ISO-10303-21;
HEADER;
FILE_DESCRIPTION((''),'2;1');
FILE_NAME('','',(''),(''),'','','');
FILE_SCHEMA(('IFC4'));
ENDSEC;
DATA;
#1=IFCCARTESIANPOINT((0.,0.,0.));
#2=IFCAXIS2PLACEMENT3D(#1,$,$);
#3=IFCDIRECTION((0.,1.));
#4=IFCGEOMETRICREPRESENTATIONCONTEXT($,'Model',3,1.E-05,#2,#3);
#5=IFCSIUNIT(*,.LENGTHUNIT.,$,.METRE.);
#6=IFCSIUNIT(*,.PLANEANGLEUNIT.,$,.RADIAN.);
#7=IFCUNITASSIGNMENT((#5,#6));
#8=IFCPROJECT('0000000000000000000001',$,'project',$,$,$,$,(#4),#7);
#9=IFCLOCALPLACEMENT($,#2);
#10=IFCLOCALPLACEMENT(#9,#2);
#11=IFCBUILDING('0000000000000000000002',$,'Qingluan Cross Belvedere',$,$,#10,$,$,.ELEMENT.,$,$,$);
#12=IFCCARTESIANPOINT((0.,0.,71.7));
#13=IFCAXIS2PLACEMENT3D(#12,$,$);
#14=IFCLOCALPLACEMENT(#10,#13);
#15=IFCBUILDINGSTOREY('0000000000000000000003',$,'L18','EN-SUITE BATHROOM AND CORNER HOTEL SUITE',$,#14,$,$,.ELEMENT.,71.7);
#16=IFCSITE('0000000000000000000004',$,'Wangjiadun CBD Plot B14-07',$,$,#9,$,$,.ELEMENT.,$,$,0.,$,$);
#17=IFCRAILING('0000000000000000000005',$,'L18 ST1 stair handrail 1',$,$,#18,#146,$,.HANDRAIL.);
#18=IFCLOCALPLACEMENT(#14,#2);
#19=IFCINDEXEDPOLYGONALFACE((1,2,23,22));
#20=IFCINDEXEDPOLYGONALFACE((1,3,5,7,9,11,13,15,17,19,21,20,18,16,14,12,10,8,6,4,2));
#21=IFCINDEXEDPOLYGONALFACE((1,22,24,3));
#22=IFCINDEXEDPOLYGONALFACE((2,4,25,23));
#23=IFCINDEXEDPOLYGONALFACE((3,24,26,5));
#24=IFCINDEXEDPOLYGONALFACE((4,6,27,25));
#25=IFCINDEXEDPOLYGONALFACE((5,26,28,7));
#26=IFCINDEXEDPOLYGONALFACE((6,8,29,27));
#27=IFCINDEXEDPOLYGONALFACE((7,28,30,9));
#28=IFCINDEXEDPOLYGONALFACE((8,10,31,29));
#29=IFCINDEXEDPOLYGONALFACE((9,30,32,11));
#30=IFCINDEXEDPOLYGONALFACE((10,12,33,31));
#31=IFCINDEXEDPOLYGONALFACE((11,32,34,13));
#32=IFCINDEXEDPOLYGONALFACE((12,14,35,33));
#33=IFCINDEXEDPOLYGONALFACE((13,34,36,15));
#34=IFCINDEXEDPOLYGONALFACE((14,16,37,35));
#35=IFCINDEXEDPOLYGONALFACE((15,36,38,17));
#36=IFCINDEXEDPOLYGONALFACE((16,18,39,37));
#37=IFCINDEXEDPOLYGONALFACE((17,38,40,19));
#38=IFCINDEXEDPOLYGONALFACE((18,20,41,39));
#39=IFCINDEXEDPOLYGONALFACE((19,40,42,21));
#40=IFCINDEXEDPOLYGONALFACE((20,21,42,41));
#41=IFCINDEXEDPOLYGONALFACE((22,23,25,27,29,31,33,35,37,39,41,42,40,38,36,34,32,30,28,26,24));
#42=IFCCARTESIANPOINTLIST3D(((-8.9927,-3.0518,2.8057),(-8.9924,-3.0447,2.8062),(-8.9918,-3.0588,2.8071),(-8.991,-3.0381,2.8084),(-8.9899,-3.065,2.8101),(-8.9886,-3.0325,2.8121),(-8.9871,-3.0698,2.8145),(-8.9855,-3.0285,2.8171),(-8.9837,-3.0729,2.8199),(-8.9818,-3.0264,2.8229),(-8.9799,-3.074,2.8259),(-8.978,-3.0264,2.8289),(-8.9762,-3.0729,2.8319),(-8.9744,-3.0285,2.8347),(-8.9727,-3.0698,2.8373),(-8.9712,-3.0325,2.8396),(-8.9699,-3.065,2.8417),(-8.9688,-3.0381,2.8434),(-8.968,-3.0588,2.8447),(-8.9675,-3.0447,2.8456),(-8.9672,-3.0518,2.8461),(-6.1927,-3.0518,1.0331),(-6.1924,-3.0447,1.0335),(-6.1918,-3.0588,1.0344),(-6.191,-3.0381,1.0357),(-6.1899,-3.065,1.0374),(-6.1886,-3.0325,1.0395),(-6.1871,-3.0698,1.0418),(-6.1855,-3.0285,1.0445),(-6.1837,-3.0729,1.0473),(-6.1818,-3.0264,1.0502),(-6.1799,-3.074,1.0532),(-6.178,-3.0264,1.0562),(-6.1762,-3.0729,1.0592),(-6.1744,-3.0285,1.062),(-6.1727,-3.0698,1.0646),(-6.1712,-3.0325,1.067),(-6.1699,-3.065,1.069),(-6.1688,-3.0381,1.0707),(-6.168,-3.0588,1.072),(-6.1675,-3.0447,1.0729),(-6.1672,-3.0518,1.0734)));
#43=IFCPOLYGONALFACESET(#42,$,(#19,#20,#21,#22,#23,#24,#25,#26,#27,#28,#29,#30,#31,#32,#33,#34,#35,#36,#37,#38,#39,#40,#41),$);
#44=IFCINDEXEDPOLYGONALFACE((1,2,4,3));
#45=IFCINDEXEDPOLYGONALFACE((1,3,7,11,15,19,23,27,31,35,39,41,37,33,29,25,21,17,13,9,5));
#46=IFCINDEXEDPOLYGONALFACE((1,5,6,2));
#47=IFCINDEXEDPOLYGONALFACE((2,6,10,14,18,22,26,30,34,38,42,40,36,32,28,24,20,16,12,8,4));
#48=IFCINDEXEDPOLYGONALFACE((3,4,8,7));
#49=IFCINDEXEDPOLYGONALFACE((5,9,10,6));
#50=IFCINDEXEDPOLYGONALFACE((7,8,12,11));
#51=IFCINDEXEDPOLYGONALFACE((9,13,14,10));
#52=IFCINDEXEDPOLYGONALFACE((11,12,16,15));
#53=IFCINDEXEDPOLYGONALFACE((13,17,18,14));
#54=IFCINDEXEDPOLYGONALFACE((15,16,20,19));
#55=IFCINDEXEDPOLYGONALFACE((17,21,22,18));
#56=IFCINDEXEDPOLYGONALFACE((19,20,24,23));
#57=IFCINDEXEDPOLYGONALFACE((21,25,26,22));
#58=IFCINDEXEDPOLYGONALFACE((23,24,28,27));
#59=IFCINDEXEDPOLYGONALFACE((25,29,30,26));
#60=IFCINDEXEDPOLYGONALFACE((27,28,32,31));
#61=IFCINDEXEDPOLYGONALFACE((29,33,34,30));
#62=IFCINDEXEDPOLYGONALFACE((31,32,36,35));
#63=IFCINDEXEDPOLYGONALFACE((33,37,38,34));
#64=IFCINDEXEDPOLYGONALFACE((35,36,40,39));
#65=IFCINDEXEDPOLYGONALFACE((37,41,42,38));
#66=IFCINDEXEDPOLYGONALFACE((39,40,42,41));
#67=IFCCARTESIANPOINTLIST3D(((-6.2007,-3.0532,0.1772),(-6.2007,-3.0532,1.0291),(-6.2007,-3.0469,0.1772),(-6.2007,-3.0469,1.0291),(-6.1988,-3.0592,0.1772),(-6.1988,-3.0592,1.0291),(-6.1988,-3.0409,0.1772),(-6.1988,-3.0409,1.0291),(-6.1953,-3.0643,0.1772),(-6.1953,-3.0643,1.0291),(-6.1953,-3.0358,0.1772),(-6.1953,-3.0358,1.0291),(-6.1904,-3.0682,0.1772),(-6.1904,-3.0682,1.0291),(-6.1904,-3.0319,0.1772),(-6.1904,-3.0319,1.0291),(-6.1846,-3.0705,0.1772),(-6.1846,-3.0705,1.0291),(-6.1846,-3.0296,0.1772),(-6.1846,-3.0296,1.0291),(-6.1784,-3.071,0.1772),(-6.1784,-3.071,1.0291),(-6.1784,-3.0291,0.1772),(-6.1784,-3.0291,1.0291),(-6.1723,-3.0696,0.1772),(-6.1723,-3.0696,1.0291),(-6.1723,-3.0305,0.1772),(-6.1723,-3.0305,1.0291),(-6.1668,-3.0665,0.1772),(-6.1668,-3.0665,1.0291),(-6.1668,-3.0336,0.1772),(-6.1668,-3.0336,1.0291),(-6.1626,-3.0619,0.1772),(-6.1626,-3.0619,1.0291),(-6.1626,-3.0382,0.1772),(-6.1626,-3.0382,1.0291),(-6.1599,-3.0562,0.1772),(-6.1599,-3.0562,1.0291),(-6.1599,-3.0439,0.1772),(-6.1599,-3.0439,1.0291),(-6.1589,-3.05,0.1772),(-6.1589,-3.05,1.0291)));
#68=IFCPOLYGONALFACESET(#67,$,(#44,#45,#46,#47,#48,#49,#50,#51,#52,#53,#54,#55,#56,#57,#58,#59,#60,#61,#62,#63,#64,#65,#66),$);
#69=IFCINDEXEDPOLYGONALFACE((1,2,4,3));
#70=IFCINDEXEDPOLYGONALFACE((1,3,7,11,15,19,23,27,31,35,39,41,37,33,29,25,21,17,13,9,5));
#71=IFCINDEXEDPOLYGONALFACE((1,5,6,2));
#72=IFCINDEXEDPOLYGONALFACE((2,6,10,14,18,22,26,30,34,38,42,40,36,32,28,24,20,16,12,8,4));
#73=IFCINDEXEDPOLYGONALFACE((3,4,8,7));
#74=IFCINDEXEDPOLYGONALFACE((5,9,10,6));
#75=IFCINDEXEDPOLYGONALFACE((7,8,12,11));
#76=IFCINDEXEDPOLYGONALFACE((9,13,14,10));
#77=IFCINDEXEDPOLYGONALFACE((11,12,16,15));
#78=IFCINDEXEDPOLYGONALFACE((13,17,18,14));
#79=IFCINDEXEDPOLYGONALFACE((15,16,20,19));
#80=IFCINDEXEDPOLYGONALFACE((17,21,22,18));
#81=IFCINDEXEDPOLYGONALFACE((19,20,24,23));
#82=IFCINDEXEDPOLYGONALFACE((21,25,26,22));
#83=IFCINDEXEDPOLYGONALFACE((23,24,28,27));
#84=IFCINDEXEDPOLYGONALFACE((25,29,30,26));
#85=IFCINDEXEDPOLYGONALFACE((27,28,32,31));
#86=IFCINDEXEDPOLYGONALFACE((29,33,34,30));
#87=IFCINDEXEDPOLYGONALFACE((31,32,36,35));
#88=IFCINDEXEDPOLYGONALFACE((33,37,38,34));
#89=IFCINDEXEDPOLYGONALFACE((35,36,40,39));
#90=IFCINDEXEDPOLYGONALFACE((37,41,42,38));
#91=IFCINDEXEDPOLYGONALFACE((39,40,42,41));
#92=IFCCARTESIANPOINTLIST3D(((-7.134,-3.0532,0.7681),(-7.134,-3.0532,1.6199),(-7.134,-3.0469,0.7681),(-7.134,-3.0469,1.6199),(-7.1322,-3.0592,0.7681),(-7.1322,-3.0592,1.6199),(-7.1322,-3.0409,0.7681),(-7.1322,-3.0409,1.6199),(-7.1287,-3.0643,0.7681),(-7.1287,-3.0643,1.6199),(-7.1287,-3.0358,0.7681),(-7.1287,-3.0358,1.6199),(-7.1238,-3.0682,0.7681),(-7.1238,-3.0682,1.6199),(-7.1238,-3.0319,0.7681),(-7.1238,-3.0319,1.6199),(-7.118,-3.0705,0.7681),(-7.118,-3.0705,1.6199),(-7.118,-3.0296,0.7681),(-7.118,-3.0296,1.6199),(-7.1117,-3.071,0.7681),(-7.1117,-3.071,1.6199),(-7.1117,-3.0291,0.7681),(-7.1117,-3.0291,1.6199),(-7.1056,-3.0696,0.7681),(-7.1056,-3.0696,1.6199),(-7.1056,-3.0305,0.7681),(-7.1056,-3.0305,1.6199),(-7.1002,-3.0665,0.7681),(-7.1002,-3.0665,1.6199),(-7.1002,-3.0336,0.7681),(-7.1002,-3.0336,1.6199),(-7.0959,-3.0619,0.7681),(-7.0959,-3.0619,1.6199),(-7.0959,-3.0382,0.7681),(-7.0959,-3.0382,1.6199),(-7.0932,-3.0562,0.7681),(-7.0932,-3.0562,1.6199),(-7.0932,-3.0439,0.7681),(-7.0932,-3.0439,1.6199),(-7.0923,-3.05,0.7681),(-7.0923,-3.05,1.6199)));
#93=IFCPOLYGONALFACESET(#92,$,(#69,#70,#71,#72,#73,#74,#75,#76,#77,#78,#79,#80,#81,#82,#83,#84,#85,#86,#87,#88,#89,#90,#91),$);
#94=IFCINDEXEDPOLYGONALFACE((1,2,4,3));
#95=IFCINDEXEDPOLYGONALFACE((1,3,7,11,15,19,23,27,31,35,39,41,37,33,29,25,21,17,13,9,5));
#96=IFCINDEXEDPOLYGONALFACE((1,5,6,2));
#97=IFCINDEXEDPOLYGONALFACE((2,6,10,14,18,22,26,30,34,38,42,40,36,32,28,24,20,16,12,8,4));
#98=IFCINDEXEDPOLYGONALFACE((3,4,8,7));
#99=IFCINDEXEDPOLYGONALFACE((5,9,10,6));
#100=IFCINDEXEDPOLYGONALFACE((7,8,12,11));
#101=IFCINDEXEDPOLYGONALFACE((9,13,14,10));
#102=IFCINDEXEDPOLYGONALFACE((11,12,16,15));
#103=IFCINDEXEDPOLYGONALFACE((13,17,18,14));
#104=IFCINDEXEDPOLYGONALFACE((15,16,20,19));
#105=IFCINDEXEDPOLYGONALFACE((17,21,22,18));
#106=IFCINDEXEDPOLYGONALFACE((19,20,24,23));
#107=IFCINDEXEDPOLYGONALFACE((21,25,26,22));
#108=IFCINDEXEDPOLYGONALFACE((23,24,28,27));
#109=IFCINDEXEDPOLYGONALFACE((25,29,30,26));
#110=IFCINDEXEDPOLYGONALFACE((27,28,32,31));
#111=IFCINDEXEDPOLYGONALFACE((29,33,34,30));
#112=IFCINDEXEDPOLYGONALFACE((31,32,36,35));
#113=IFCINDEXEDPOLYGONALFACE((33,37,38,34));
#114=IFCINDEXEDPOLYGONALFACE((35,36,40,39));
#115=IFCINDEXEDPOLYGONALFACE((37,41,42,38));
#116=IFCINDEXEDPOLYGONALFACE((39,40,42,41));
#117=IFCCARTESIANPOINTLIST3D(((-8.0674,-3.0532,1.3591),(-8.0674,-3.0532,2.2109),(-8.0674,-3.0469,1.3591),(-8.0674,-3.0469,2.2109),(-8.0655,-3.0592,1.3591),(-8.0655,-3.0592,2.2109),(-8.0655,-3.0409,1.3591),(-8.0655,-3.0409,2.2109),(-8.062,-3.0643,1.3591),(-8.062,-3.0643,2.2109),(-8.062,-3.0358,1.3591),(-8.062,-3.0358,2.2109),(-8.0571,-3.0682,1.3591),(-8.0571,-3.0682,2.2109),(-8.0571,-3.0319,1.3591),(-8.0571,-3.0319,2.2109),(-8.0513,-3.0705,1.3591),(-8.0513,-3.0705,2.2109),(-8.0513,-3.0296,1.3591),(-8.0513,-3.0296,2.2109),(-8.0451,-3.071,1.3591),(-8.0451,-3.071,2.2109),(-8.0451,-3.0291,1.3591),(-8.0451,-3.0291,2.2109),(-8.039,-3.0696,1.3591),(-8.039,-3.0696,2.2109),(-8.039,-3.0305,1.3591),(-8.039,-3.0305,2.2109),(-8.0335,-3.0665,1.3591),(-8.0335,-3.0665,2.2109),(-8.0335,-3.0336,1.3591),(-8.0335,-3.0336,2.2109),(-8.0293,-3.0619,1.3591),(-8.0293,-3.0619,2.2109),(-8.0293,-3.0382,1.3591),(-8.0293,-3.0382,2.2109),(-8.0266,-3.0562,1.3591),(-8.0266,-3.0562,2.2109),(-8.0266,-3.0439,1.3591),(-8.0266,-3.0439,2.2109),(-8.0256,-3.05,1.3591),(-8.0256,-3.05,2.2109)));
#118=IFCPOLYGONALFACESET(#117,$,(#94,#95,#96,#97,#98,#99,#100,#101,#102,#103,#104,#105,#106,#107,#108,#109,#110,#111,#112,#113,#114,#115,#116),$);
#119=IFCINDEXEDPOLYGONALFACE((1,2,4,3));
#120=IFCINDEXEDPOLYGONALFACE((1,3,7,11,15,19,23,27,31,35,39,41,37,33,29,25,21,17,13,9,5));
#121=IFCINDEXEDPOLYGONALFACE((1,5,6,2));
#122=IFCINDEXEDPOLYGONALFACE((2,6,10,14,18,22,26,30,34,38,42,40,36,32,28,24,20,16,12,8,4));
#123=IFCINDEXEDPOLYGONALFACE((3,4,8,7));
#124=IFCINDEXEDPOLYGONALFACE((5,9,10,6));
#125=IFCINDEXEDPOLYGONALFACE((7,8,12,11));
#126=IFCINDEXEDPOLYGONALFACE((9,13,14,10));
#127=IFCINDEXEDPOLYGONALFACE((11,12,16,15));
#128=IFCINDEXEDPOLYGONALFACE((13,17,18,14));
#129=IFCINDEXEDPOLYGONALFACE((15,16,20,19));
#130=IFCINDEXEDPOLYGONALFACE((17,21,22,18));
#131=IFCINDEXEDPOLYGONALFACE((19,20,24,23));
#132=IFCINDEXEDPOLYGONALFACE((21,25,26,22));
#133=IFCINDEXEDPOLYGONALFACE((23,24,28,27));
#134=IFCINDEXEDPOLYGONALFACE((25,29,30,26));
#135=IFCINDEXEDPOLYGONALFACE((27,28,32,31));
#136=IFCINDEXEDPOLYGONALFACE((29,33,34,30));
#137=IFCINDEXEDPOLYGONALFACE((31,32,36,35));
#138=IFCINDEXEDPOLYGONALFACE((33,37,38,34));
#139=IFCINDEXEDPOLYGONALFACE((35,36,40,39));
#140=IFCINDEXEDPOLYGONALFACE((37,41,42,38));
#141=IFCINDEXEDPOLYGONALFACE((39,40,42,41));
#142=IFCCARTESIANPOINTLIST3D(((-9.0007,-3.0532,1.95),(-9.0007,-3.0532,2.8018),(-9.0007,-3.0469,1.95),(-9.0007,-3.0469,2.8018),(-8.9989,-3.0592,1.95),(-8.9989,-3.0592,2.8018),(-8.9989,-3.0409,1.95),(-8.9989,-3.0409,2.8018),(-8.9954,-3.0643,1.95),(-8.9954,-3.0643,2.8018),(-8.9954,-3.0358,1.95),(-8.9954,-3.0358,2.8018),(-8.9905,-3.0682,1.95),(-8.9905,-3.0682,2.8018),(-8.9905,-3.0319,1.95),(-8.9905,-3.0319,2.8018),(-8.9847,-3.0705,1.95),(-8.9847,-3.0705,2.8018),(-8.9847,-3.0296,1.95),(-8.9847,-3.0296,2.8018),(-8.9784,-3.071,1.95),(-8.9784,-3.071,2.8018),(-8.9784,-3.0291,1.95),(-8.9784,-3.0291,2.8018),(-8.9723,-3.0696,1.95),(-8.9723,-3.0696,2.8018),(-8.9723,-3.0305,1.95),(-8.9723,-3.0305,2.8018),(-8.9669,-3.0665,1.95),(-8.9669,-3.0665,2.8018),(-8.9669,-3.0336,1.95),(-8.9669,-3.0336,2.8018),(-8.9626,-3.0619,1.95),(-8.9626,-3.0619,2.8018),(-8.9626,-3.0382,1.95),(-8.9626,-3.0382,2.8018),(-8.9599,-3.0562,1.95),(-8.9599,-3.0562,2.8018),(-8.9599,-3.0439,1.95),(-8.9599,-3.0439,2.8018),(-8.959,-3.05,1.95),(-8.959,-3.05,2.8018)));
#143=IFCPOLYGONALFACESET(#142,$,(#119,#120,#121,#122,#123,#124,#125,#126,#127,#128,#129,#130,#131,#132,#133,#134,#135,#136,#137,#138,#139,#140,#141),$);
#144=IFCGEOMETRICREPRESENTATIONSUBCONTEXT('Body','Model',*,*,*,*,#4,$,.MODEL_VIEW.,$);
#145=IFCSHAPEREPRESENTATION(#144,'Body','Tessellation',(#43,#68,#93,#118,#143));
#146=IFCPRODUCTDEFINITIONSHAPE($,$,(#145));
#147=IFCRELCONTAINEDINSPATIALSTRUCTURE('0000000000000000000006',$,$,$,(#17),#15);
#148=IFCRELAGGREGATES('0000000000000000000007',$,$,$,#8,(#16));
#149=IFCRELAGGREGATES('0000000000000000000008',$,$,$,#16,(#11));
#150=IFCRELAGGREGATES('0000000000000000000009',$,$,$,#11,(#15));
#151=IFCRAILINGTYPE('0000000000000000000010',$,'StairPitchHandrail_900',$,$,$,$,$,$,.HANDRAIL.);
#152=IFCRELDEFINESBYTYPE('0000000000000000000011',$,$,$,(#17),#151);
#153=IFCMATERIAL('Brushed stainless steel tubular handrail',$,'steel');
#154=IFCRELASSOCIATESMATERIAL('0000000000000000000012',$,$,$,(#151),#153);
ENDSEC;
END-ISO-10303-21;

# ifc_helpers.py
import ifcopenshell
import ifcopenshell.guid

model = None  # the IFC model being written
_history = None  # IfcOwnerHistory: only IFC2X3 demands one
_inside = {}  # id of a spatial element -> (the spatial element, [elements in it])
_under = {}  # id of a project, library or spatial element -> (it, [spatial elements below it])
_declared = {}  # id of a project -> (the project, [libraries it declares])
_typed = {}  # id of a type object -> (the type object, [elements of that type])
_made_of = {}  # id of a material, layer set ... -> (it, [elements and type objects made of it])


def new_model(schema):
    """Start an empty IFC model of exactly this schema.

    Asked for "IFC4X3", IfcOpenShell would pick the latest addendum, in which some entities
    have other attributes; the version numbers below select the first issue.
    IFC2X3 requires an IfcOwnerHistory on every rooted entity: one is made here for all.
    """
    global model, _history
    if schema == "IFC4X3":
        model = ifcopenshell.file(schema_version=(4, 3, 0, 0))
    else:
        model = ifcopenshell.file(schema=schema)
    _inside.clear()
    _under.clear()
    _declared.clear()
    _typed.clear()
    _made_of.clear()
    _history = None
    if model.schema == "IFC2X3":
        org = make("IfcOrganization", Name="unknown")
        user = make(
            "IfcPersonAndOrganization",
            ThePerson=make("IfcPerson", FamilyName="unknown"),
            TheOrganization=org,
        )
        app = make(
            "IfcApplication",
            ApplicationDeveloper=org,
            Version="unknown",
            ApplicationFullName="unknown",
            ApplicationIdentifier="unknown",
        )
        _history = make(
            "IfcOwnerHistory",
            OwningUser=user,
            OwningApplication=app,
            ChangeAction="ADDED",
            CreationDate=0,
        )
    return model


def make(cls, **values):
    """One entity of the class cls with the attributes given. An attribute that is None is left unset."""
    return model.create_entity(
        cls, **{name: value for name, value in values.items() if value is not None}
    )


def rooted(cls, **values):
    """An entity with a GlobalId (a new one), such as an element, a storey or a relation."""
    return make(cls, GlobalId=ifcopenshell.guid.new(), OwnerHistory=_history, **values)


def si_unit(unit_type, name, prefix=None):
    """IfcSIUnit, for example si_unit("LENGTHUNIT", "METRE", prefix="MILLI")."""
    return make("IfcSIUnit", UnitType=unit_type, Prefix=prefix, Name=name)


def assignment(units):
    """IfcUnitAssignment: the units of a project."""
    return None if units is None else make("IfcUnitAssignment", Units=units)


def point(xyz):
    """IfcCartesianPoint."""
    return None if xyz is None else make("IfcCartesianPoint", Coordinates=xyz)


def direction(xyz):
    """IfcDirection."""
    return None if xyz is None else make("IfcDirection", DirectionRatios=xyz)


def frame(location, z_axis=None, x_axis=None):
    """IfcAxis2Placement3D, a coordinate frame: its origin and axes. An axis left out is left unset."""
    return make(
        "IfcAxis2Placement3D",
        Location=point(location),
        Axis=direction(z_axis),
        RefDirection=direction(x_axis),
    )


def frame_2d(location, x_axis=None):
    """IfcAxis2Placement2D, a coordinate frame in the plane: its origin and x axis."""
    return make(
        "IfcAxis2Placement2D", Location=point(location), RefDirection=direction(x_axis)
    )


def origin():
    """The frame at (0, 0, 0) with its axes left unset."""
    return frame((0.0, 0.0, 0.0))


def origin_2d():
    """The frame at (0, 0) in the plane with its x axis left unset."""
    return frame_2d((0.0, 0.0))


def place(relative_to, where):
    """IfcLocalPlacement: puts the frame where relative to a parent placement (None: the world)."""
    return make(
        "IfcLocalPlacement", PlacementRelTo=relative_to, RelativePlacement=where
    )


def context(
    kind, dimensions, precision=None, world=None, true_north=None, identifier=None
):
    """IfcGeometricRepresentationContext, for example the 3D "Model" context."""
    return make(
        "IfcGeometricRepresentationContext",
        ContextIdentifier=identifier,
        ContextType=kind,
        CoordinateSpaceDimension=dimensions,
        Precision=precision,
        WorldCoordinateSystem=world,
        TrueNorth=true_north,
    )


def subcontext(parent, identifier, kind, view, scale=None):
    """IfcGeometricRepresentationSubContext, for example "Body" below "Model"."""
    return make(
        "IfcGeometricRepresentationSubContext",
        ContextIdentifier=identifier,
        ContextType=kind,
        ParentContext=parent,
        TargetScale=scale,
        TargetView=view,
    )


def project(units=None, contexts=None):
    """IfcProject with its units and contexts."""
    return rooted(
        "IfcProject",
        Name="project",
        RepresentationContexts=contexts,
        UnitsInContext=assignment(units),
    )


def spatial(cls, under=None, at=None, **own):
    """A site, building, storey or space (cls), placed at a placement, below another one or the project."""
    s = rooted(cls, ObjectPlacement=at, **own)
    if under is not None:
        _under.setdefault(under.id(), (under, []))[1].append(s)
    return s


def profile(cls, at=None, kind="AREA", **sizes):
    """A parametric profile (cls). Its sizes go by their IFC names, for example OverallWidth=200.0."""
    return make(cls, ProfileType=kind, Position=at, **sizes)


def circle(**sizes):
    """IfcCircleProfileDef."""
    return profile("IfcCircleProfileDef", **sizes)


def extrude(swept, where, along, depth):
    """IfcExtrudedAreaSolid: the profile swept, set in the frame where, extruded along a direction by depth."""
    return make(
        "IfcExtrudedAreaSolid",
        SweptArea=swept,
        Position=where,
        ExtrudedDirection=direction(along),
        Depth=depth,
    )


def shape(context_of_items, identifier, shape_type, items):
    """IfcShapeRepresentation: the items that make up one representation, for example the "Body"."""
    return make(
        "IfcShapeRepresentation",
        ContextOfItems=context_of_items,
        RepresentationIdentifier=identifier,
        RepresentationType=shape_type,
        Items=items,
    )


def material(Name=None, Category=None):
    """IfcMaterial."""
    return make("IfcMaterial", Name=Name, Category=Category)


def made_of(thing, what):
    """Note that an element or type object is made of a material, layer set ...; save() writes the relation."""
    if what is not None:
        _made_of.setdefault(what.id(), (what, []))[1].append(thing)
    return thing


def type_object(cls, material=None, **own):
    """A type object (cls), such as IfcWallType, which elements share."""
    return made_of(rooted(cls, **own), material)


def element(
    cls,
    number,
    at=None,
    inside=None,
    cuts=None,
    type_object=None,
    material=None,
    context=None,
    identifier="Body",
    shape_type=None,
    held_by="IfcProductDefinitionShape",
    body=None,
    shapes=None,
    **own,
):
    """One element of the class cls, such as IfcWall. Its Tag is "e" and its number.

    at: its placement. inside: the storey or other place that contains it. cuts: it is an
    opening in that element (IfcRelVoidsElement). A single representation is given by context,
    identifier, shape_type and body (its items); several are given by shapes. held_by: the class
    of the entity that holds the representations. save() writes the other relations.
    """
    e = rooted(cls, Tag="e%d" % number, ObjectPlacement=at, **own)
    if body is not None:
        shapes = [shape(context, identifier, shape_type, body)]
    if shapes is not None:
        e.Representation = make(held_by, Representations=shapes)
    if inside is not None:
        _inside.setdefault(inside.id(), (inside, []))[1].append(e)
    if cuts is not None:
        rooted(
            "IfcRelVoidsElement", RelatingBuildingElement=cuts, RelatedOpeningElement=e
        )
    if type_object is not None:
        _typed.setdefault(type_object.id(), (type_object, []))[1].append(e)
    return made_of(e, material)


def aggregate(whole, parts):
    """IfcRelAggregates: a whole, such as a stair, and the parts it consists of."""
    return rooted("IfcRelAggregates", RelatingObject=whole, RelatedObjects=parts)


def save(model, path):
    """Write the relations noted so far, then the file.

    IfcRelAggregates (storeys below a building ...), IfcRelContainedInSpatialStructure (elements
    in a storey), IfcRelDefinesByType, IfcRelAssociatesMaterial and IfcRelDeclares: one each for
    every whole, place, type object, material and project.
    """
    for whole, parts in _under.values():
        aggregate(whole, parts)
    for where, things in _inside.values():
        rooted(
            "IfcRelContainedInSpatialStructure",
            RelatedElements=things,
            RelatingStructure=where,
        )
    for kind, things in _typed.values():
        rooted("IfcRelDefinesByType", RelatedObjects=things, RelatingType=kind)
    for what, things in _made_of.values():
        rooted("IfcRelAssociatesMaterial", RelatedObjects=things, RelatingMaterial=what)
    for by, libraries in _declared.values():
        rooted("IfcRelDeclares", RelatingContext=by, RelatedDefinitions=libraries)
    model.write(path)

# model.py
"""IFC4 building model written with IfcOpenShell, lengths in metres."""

from ifc_helpers import new_model, si_unit, direction, frame, origin, origin_2d, place, context, subcontext, project, spatial, circle, extrude, material, type_object, element, save


model = new_model("IFC4")

# Units and contexts
model_context = context("Model", 3, precision=1e-05, world=origin(), true_north=direction((0.0, 1.0)))
body_context = subcontext(model_context, "Body", "Model", "MODEL_VIEW")
ifc_project = project(units=[si_unit("LENGTHUNIT", "METRE"), si_unit("PLANEANGLEUNIT", "RADIAN")], contexts=[model_context])

# Site, building, storey
site_placement = place(None, origin())
site = spatial("IfcSite", under=ifc_project, at=site_placement, Name="Wangjiadun CBD Plot B14-07", CompositionType="ELEMENT", RefElevation=0.0)
building_placement = place(site_placement, origin())
building = spatial("IfcBuilding", under=site, at=building_placement, Name="Qingluan Cross Belvedere", CompositionType="ELEMENT")
storey_placement = place(building_placement, frame((0.0, 0.0, 71.7)))
storey = spatial("IfcBuildingStorey", under=building, at=storey_placement, Name="L18", Description="EN-SUITE BATHROOM AND CORNER HOTEL SUITE", CompositionType="ELEMENT", Elevation=71.7)

# Railing
ifc_material_1 = material(Name="Brushed stainless steel tubular handrail", Category="steel")
railing_type_1 = type_object("IfcRailingType", Name="StairPitchHandrail_900", PredefinedType="HANDRAIL", material=ifc_material_1)
railing_1_placement = place(storey_placement, frame((-6.1799, -3.05, 0.1772)))
element("IfcRailing", 1, at=railing_1_placement, inside=storey, type_object=railing_type_1, Name="L18 ST1 stair handrail 1", PredefinedType="HANDRAIL", context=body_context, shape_type="SweptSolid", body=[
    extrude(circle(Radius=0.0239, at=origin_2d()), frame((0.0, 0.0, 0.876), z_axis=(-0.844909, 0.0, 0.53491), x_axis=(0.0, -1.0, 0.0)), (0.0, 0.0, 1.0), 3.314),
    extrude(circle(Radius=0.021, at=origin_2d()), origin(), (0.0, 0.0, 1.0), 0.8518),
    extrude(circle(Radius=0.021, at=origin_2d()), frame((-0.9333, 0.0, 0.5908)), (0.0, 0.0, 1.0), 0.8518),
    extrude(circle(Radius=0.021, at=origin_2d()), frame((-1.8667, 0.0, 1.1819)), (0.0, 0.0, 1.0), 0.8518),
    extrude(circle(Radius=0.021, at=origin_2d()), frame((-2.8, 0.0, 1.7727)), (0.0, 0.0, 1.0), 0.8518),
])

save(model, "model.ifc")
